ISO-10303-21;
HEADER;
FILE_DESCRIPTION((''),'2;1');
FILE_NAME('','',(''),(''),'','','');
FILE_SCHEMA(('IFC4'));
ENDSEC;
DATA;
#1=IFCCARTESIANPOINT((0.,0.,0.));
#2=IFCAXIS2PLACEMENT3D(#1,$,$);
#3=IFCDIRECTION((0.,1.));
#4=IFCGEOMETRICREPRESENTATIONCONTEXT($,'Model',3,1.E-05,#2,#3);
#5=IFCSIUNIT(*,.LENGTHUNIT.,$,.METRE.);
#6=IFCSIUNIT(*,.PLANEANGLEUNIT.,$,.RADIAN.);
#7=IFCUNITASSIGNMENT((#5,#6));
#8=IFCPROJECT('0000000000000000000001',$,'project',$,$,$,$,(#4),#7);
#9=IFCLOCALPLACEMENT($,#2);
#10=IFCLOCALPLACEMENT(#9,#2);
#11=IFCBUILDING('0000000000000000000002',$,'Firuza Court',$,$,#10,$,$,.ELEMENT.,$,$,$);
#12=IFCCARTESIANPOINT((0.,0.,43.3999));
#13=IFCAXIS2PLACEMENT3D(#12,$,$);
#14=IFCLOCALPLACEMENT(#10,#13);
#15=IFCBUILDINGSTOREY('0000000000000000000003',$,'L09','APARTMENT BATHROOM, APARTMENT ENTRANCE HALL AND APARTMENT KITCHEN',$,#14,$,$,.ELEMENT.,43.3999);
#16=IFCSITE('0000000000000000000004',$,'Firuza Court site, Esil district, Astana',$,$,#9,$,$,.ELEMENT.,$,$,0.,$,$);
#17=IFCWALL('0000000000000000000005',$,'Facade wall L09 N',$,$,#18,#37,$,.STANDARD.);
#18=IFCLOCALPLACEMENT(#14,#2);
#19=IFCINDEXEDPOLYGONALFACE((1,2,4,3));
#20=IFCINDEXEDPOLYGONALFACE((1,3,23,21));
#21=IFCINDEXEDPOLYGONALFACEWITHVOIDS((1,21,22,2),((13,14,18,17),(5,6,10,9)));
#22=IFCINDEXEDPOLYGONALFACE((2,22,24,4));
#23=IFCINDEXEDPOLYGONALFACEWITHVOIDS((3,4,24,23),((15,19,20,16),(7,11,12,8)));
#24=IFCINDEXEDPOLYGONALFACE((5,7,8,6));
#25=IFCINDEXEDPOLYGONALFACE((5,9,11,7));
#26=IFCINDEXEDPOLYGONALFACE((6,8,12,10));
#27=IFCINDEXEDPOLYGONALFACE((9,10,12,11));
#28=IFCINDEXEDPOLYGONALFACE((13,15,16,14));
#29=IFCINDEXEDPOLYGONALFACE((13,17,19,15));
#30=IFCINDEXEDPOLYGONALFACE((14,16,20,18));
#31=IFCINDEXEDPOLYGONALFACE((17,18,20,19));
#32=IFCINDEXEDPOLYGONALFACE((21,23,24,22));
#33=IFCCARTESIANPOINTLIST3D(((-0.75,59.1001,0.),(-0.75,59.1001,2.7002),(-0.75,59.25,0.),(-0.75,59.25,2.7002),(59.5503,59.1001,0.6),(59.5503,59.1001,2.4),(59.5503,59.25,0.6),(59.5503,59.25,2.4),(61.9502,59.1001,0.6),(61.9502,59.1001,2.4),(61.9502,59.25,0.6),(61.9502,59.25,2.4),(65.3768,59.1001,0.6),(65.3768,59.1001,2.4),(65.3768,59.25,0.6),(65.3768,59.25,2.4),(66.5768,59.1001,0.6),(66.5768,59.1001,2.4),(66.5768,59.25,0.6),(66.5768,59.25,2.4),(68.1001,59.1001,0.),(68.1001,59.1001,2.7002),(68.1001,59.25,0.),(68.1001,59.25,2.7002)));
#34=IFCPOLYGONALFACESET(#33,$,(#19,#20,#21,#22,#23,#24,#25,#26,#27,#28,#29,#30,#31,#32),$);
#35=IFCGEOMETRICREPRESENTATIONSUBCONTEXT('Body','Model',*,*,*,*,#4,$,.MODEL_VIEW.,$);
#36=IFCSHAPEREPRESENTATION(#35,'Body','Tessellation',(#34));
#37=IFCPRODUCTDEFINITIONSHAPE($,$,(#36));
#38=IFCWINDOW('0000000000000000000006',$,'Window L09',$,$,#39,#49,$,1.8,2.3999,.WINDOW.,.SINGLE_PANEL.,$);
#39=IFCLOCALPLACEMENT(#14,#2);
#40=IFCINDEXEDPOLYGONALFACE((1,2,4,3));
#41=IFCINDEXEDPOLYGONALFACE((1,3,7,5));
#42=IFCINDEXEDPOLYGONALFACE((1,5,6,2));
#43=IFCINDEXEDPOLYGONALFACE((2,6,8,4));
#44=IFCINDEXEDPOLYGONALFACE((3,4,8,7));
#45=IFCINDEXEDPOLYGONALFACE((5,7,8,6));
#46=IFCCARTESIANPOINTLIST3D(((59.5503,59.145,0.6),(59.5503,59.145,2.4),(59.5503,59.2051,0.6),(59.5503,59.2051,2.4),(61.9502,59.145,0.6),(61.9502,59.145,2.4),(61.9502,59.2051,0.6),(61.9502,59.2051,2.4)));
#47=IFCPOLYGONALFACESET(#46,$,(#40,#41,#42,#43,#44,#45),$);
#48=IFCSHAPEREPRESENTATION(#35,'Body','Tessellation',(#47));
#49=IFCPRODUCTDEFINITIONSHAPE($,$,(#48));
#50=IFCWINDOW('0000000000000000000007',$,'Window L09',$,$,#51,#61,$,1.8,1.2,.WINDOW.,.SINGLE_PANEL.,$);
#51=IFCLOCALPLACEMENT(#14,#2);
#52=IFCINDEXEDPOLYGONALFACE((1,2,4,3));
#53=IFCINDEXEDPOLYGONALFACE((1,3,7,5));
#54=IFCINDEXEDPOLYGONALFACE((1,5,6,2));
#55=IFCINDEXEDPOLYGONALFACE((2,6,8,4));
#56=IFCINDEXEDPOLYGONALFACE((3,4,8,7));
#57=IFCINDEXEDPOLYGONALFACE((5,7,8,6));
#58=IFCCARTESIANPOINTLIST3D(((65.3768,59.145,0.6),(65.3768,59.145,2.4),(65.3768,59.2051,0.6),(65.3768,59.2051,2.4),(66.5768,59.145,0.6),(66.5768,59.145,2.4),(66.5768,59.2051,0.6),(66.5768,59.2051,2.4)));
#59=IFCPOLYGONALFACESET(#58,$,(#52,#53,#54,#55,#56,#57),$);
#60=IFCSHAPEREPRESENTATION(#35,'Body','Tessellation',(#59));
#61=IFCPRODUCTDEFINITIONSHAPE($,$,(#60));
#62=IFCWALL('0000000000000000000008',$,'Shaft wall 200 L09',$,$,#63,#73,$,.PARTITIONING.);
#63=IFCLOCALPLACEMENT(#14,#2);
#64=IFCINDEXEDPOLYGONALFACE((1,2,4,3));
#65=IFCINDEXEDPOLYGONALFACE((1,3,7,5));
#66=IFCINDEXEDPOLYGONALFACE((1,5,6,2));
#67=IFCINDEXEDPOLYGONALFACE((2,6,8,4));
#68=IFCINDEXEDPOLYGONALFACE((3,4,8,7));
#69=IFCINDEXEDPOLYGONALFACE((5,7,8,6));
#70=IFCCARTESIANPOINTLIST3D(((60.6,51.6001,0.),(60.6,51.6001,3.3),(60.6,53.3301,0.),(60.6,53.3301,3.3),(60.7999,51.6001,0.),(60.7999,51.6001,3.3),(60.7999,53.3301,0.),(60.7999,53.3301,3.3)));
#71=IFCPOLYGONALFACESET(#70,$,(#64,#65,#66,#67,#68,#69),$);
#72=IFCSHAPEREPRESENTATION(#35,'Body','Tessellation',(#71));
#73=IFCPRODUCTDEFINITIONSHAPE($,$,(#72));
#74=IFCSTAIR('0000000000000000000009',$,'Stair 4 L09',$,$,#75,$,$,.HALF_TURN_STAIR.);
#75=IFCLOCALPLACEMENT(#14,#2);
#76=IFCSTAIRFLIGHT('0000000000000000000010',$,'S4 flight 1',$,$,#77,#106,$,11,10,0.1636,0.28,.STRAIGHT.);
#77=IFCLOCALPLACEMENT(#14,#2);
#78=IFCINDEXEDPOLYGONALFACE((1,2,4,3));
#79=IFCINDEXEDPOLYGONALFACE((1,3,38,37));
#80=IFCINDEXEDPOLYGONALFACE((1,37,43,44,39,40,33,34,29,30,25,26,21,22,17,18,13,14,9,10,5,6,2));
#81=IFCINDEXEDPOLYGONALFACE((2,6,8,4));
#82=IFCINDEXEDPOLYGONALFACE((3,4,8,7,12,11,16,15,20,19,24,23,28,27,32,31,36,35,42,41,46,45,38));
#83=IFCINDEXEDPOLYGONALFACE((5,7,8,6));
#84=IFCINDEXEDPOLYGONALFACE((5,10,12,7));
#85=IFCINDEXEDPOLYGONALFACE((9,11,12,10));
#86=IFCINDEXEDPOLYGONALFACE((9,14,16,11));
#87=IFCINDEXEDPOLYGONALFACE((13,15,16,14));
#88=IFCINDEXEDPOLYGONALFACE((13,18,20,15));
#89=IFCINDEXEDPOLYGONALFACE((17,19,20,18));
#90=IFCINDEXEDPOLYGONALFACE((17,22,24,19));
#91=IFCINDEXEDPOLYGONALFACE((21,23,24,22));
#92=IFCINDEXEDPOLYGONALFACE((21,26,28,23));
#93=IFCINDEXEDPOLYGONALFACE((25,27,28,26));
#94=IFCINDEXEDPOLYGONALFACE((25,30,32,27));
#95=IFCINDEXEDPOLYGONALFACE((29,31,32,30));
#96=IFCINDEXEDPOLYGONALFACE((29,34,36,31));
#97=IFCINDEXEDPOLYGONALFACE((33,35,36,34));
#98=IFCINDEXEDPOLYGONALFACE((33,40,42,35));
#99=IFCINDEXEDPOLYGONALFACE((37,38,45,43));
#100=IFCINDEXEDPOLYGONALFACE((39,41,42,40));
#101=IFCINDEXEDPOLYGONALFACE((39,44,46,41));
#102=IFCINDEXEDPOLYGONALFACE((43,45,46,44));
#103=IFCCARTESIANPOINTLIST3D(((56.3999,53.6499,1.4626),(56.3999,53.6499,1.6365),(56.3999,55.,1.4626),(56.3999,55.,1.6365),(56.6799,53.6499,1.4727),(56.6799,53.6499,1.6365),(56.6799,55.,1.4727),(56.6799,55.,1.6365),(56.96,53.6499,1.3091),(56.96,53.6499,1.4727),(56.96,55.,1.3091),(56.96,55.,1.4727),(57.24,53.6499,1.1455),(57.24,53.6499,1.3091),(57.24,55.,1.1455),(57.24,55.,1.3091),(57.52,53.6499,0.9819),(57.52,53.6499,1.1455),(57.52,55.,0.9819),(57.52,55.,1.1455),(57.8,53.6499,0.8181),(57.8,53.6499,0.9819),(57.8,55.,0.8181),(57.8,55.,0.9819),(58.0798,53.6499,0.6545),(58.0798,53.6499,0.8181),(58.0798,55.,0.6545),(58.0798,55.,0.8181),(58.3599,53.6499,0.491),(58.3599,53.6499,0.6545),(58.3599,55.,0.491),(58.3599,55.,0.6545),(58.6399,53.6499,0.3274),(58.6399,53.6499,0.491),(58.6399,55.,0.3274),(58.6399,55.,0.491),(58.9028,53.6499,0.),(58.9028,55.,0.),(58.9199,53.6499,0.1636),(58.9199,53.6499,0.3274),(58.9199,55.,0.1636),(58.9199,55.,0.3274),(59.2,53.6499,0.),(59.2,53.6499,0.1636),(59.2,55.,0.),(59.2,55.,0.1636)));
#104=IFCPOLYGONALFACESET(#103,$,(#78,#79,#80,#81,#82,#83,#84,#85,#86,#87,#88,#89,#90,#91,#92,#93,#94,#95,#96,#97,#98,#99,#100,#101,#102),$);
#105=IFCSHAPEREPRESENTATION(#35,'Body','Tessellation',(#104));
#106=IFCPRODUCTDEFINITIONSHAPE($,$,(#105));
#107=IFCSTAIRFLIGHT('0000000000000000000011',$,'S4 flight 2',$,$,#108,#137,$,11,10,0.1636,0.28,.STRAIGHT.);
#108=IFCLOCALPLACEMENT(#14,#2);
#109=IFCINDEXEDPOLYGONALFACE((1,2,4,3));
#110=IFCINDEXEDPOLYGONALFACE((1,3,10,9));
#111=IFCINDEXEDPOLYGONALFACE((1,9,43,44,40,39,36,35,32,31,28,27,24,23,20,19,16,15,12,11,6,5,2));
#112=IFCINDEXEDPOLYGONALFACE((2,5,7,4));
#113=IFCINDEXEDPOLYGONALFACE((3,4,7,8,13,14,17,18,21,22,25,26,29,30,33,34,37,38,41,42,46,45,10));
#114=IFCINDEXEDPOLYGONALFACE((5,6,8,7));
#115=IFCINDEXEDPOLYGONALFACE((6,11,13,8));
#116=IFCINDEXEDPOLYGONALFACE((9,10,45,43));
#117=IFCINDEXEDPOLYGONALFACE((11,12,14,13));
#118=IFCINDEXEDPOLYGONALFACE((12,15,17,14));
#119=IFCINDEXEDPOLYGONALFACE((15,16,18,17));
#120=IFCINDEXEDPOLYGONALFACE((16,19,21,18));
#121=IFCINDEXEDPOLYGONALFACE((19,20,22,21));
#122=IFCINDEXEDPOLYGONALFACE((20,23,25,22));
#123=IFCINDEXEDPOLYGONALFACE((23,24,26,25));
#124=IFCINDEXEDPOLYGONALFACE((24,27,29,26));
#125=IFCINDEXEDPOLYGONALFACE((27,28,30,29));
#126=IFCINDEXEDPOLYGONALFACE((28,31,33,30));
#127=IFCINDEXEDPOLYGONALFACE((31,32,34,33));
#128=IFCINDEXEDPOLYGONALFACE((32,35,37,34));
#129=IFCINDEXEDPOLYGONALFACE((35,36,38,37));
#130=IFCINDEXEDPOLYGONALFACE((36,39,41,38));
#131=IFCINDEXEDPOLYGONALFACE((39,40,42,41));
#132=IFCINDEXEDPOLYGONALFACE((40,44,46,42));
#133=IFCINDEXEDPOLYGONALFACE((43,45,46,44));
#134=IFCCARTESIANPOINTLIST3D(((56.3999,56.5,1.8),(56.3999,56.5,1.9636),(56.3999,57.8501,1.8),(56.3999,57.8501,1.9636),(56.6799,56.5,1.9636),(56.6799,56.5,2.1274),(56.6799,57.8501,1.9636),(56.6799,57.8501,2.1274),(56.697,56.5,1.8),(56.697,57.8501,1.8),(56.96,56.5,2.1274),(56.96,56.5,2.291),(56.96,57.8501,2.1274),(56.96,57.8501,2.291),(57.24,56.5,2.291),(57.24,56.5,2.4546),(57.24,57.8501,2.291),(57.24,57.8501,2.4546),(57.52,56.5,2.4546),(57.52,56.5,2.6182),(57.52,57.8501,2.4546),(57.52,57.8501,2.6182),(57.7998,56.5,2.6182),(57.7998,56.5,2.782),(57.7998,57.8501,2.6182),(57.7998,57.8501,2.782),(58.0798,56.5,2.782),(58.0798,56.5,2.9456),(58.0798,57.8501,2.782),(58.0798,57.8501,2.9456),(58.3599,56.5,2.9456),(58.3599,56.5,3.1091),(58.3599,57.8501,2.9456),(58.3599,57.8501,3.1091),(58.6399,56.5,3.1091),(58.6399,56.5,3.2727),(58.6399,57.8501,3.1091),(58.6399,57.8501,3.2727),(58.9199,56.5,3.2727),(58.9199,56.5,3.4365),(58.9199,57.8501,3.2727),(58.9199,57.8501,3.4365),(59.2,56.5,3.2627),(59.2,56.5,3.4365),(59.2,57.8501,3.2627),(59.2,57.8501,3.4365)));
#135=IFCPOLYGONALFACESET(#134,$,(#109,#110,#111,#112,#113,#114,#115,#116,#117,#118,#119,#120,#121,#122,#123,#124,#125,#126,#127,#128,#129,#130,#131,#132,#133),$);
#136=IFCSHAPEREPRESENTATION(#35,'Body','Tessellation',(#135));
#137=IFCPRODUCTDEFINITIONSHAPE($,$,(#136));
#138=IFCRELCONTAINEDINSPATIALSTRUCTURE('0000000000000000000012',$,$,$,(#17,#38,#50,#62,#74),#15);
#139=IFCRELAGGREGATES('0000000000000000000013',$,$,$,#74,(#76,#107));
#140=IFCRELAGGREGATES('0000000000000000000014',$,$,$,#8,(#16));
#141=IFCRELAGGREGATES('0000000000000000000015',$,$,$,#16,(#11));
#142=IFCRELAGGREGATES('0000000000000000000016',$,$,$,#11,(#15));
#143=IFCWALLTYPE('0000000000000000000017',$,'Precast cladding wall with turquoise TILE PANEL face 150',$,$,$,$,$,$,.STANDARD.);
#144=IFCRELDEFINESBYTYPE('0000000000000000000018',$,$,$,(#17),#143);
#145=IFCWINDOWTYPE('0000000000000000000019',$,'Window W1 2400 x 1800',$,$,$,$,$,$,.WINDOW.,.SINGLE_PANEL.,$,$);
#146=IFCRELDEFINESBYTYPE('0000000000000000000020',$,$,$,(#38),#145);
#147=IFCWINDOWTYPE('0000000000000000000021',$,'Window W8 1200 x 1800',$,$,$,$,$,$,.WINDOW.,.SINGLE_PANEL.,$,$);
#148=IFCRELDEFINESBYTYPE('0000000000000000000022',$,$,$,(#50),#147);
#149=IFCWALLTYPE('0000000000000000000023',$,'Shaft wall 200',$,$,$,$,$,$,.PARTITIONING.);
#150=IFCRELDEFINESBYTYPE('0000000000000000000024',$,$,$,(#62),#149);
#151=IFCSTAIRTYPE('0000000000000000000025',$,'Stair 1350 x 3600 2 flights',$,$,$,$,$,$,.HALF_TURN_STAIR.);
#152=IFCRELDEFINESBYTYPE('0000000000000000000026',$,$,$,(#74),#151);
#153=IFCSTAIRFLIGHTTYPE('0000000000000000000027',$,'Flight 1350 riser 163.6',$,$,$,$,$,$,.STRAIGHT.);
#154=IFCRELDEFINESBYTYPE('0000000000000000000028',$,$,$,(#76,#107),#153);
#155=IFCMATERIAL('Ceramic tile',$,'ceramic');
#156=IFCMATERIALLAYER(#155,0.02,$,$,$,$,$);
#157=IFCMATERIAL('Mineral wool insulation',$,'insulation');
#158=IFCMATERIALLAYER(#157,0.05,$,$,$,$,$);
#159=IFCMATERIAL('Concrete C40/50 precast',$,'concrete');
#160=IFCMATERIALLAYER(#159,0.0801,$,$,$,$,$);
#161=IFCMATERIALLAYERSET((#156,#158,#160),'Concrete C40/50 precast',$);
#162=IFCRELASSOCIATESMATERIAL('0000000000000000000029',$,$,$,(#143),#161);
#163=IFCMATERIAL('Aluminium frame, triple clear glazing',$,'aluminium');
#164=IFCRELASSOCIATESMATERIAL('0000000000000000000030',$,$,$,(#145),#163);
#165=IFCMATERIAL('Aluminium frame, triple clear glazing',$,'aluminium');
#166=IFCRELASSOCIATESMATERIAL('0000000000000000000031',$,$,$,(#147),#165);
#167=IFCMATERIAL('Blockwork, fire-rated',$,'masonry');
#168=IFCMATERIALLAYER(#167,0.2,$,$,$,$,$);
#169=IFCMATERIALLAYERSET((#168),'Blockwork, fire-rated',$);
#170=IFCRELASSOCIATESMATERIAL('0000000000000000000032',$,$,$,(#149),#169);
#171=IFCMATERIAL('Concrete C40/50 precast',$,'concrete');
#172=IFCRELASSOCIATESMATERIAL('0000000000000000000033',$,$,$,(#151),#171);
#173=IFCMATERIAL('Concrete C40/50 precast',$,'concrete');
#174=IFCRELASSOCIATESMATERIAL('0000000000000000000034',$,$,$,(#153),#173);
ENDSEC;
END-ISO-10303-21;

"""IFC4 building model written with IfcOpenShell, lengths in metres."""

from ifc_helpers import new_model, si_unit, direction, frame, frame_2d, origin, place, context, subcontext, project, spatial, polyline, rectangle, outline, extrude, material, layer, layer_set, type_object, element, fill, aggregate, save


model = new_model("IFC4")

# Units and contexts
model_context = context("Model", 3, precision=1e-05, world=origin(), true_north=direction((0.0, 1.0)))
body_context = subcontext(model_context, "Body", "Model", "MODEL_VIEW")
ifc_project = project(units=[si_unit("LENGTHUNIT", "METRE"), si_unit("PLANEANGLEUNIT", "RADIAN")], contexts=[model_context])

# Site, building, storey
site_placement = place(None, origin())
site = spatial("IfcSite", under=ifc_project, at=site_placement, Name="Firuza Court site, Esil district, Astana", CompositionType="ELEMENT", RefElevation=0.0)
building_placement = place(site_placement, origin())
building = spatial("IfcBuilding", under=site, at=building_placement, Name="Firuza Court", CompositionType="ELEMENT")
storey_placement = place(building_placement, frame((0.0, 0.0, 43.3999)))
storey = spatial("IfcBuildingStorey", under=building, at=storey_placement, Name="L09", Description="APARTMENT BATHROOM, APARTMENT ENTRANCE HALL AND APARTMENT KITCHEN", CompositionType="ELEMENT", Elevation=43.3999)

# Wall, openings, windows
ifc_material_1 = material(Name="Ceramic tile", Category="ceramic")
ifc_layer_1 = layer(ifc_material_1, 0.02)
ifc_material_2 = material(Name="Mineral wool insulation", Category="insulation")
ifc_layer_2 = layer(ifc_material_2, 0.05)
ifc_material_3 = material(Name="Concrete C40/50 precast", Category="concrete")
ifc_layer_3 = layer(ifc_material_3, 0.0801)
ifc_layer_set_1 = layer_set([ifc_layer_1, ifc_layer_2, ifc_layer_3], Name="Concrete C40/50 precast")
wall_type_1 = type_object("IfcWallType", Name="Precast cladding wall with turquoise TILE PANEL face 150", PredefinedType="STANDARD", material=ifc_layer_set_1)
wall_1_placement = place(storey_placement, frame((68.1001, 59.175, 0.0), z_axis=(0.0, 0.0, 1.0), x_axis=(-1.0, 0.0, 0.0)))
wall_1 = element("IfcWall", 1, at=wall_1_placement, inside=storey, type_object=wall_type_1, Name="Facade wall L09 N", PredefinedType="STANDARD", context=body_context, shape_type="SweptSolid", body=[
    extrude(rectangle(XDim=68.8501, YDim=0.1499, at=frame_2d((34.425, 0.0))), origin(), (0.0, 0.0, 1.0), 2.7002),
])
opening_1_placement = place(wall_1_placement, frame((1.5232, 0.0, 0.6001)))
opening_1 = element("IfcOpeningElement", 2, at=opening_1_placement, cuts=wall_1, PredefinedType="OPENING", context=body_context, shape_type="SweptSolid", body=[
    extrude(rectangle(XDim=1.2, YDim=1.8, at=frame_2d((0.6001, 0.8999))), frame((0.0, 0.0869, 0.0), z_axis=(0.0, -1.0, 0.0), x_axis=(1.0, 0.0, 0.0)), (0.0, 0.0, 1.0), 0.1738),
])
opening_2_placement = place(wall_1_placement, frame((6.1499, 0.0, 0.6001)))
opening_2 = element("IfcOpeningElement", 3, at=opening_2_placement, cuts=wall_1, PredefinedType="OPENING", context=body_context, shape_type="SweptSolid", body=[
    extrude(rectangle(XDim=2.3999, YDim=1.8, at=frame_2d((1.2, 0.8999))), frame((0.0, 0.0869, 0.0), z_axis=(0.0, -1.0, 0.0), x_axis=(1.0, 0.0, 0.0)), (0.0, 0.0, 1.0), 0.1738),
])
ifc_material_4 = material(Name="Aluminium frame, triple clear glazing", Category="aluminium")
window_type_1 = type_object("IfcWindowType", Name="Window W1 2400 x 1800", PartitioningType="SINGLE_PANEL", PredefinedType="WINDOW", material=ifc_material_4)
window_1_placement = place(opening_2_placement, origin())
window_1 = element("IfcWindow", 4, at=window_1_placement, inside=storey, type_object=window_type_1, Name="Window L09", OverallHeight=1.8, OverallWidth=2.3999, PartitioningType="SINGLE_PANEL", PredefinedType="WINDOW", context=body_context, shape_type="SweptSolid", body=[
    extrude(rectangle(XDim=2.3999, YDim=1.8, at=frame_2d((1.2, 0.8999))), frame((0.0, 0.03, 0.0), z_axis=(0.0, -1.0, 0.0), x_axis=(1.0, 0.0, 0.0)), (0.0, 0.0, 1.0), 0.0601),
])
fill(opening_2, window_1)
ifc_material_5 = material(Name="Aluminium frame, triple clear glazing", Category="aluminium")
window_type_2 = type_object("IfcWindowType", Name="Window W8 1200 x 1800", PartitioningType="SINGLE_PANEL", PredefinedType="WINDOW", material=ifc_material_5)
window_2_placement = place(opening_1_placement, origin())
window_2 = element("IfcWindow", 5, at=window_2_placement, inside=storey, type_object=window_type_2, Name="Window L09", OverallHeight=1.8, OverallWidth=1.2, PartitioningType="SINGLE_PANEL", PredefinedType="WINDOW", context=body_context, shape_type="SweptSolid", body=[
    extrude(rectangle(XDim=1.2, YDim=1.8, at=frame_2d((0.6001, 0.8999))), frame((0.0, 0.03, 0.0), z_axis=(0.0, -1.0, 0.0), x_axis=(1.0, 0.0, 0.0)), (0.0, 0.0, 1.0), 0.0601),
])
fill(opening_1, window_2)

# Wall
ifc_material_6 = material(Name="Blockwork, fire-rated", Category="masonry")
ifc_layer_4 = layer(ifc_material_6, 0.2)
ifc_layer_set_2 = layer_set([ifc_layer_4], Name="Blockwork, fire-rated")
wall_type_2 = type_object("IfcWallType", Name="Shaft wall 200", PredefinedType="PARTITIONING", material=ifc_layer_set_2)
wall_2_placement = place(storey_placement, frame((60.7, 51.6001, 0.0), z_axis=(0.0, 0.0, 1.0), x_axis=(0.0, 1.0, 0.0)))
element("IfcWall", 6, at=wall_2_placement, inside=storey, type_object=wall_type_2, Name="Shaft wall 200 L09", PredefinedType="PARTITIONING", context=body_context, shape_type="SweptSolid", body=[
    extrude(rectangle(XDim=1.73, YDim=0.2, at=frame_2d((0.865, 0.0))), origin(), (0.0, 0.0, 1.0), 3.3),
])

# Stair, stair flights
ifc_material_7 = material(Name="Concrete C40/50 precast", Category="concrete")
stair_type = type_object("IfcStairType", Name="Stair 1350 x 3600 2 flights", PredefinedType="HALF_TURN_STAIR", material=ifc_material_7)
stair_placement = place(storey_placement, origin())
stair = element("IfcStair", 7, at=stair_placement, inside=storey, type_object=stair_type, Name="Stair 4 L09", PredefinedType="HALF_TURN_STAIR")
ifc_material_8 = material(Name="Concrete C40/50 precast", Category="concrete")
stair_flight_type = type_object("IfcStairFlightType", Name="Flight 1350 riser 163.6", PredefinedType="STRAIGHT", material=ifc_material_8)
stair_flight_1_placement = place(storey_placement, frame((59.2, 54.325, 0.0), z_axis=(0.0, 0.0, 1.0), x_axis=(-1.0, 0.0, 0.0)))
stair_flight_1 = element("IfcStairFlight", 8, at=stair_flight_1_placement, type_object=stair_flight_type, Name="S4 flight 1", NumberOfRisers=11, NumberOfTreads=10, PredefinedType="STRAIGHT", RiserHeight=0.1636, TreadLength=0.28, context=body_context, shape_type="SweptSolid", body=[
    extrude(outline(polyline([(0.0, 0.0), (0.0, 0.1636), (0.28, 0.1636), (0.28, 0.3274), (0.5601, 0.3274), (0.5601, 0.491), (0.8401, 0.491), (0.8401, 0.6545), (1.1201, 0.6545), (1.1201, 0.8181), (1.3999, 0.8181), (1.3999, 0.9819), (1.6799, 0.9819), (1.6799, 1.1455), (1.96, 1.1455), (1.96, 1.3091), (2.24, 1.3091), (2.24, 1.4727), (2.52, 1.4727), (2.52, 1.6365), (2.8, 1.6365), (2.8, 1.8), (2.8, 1.4626), (0.2971, 0.0), (0.0, 0.0)])), frame((0.0, 0.675, 0.0), z_axis=(0.0, -1.0, 0.0), x_axis=(1.0, 0.0, 0.0)), (0.0, 0.0, 1.0), 1.3501),
])
stair_flight_2_placement = place(storey_placement, frame((56.3999, 57.175, 1.8), z_axis=(0.0, 0.0, 1.0), x_axis=(1.0, 0.0, 0.0)))
stair_flight_2 = element("IfcStairFlight", 9, at=stair_flight_2_placement, type_object=stair_flight_type, Name="S4 flight 2", NumberOfRisers=11, NumberOfTreads=10, PredefinedType="STRAIGHT", RiserHeight=0.1636, TreadLength=0.28, context=body_context, shape_type="SweptSolid", body=[
    extrude(outline(polyline([(0.0, 0.0), (0.0, 0.1636), (0.28, 0.1636), (0.28, 0.3274), (0.5601, 0.3274), (0.5601, 0.491), (0.8401, 0.491), (0.8401, 0.6545), (1.1201, 0.6545), (1.1201, 0.8181), (1.3999, 0.8181), (1.3999, 0.9819), (1.6799, 0.9819), (1.6799, 1.1455), (1.96, 1.1455), (1.96, 1.3091), (2.24, 1.3091), (2.24, 1.4727), (2.52, 1.4727), (2.52, 1.6365), (2.8, 1.6365), (2.8, 1.8), (2.8, 1.4626), (0.2971, 0.0), (0.0, 0.0)])), frame((0.0, 0.675, 0.0), z_axis=(0.0, -1.0, 0.0), x_axis=(1.0, 0.0, 0.0)), (0.0, 0.0, 1.0), 1.3501),
])
aggregate(stair, [stair_flight_1, stair_flight_2])

save(model, "model.ifc")
